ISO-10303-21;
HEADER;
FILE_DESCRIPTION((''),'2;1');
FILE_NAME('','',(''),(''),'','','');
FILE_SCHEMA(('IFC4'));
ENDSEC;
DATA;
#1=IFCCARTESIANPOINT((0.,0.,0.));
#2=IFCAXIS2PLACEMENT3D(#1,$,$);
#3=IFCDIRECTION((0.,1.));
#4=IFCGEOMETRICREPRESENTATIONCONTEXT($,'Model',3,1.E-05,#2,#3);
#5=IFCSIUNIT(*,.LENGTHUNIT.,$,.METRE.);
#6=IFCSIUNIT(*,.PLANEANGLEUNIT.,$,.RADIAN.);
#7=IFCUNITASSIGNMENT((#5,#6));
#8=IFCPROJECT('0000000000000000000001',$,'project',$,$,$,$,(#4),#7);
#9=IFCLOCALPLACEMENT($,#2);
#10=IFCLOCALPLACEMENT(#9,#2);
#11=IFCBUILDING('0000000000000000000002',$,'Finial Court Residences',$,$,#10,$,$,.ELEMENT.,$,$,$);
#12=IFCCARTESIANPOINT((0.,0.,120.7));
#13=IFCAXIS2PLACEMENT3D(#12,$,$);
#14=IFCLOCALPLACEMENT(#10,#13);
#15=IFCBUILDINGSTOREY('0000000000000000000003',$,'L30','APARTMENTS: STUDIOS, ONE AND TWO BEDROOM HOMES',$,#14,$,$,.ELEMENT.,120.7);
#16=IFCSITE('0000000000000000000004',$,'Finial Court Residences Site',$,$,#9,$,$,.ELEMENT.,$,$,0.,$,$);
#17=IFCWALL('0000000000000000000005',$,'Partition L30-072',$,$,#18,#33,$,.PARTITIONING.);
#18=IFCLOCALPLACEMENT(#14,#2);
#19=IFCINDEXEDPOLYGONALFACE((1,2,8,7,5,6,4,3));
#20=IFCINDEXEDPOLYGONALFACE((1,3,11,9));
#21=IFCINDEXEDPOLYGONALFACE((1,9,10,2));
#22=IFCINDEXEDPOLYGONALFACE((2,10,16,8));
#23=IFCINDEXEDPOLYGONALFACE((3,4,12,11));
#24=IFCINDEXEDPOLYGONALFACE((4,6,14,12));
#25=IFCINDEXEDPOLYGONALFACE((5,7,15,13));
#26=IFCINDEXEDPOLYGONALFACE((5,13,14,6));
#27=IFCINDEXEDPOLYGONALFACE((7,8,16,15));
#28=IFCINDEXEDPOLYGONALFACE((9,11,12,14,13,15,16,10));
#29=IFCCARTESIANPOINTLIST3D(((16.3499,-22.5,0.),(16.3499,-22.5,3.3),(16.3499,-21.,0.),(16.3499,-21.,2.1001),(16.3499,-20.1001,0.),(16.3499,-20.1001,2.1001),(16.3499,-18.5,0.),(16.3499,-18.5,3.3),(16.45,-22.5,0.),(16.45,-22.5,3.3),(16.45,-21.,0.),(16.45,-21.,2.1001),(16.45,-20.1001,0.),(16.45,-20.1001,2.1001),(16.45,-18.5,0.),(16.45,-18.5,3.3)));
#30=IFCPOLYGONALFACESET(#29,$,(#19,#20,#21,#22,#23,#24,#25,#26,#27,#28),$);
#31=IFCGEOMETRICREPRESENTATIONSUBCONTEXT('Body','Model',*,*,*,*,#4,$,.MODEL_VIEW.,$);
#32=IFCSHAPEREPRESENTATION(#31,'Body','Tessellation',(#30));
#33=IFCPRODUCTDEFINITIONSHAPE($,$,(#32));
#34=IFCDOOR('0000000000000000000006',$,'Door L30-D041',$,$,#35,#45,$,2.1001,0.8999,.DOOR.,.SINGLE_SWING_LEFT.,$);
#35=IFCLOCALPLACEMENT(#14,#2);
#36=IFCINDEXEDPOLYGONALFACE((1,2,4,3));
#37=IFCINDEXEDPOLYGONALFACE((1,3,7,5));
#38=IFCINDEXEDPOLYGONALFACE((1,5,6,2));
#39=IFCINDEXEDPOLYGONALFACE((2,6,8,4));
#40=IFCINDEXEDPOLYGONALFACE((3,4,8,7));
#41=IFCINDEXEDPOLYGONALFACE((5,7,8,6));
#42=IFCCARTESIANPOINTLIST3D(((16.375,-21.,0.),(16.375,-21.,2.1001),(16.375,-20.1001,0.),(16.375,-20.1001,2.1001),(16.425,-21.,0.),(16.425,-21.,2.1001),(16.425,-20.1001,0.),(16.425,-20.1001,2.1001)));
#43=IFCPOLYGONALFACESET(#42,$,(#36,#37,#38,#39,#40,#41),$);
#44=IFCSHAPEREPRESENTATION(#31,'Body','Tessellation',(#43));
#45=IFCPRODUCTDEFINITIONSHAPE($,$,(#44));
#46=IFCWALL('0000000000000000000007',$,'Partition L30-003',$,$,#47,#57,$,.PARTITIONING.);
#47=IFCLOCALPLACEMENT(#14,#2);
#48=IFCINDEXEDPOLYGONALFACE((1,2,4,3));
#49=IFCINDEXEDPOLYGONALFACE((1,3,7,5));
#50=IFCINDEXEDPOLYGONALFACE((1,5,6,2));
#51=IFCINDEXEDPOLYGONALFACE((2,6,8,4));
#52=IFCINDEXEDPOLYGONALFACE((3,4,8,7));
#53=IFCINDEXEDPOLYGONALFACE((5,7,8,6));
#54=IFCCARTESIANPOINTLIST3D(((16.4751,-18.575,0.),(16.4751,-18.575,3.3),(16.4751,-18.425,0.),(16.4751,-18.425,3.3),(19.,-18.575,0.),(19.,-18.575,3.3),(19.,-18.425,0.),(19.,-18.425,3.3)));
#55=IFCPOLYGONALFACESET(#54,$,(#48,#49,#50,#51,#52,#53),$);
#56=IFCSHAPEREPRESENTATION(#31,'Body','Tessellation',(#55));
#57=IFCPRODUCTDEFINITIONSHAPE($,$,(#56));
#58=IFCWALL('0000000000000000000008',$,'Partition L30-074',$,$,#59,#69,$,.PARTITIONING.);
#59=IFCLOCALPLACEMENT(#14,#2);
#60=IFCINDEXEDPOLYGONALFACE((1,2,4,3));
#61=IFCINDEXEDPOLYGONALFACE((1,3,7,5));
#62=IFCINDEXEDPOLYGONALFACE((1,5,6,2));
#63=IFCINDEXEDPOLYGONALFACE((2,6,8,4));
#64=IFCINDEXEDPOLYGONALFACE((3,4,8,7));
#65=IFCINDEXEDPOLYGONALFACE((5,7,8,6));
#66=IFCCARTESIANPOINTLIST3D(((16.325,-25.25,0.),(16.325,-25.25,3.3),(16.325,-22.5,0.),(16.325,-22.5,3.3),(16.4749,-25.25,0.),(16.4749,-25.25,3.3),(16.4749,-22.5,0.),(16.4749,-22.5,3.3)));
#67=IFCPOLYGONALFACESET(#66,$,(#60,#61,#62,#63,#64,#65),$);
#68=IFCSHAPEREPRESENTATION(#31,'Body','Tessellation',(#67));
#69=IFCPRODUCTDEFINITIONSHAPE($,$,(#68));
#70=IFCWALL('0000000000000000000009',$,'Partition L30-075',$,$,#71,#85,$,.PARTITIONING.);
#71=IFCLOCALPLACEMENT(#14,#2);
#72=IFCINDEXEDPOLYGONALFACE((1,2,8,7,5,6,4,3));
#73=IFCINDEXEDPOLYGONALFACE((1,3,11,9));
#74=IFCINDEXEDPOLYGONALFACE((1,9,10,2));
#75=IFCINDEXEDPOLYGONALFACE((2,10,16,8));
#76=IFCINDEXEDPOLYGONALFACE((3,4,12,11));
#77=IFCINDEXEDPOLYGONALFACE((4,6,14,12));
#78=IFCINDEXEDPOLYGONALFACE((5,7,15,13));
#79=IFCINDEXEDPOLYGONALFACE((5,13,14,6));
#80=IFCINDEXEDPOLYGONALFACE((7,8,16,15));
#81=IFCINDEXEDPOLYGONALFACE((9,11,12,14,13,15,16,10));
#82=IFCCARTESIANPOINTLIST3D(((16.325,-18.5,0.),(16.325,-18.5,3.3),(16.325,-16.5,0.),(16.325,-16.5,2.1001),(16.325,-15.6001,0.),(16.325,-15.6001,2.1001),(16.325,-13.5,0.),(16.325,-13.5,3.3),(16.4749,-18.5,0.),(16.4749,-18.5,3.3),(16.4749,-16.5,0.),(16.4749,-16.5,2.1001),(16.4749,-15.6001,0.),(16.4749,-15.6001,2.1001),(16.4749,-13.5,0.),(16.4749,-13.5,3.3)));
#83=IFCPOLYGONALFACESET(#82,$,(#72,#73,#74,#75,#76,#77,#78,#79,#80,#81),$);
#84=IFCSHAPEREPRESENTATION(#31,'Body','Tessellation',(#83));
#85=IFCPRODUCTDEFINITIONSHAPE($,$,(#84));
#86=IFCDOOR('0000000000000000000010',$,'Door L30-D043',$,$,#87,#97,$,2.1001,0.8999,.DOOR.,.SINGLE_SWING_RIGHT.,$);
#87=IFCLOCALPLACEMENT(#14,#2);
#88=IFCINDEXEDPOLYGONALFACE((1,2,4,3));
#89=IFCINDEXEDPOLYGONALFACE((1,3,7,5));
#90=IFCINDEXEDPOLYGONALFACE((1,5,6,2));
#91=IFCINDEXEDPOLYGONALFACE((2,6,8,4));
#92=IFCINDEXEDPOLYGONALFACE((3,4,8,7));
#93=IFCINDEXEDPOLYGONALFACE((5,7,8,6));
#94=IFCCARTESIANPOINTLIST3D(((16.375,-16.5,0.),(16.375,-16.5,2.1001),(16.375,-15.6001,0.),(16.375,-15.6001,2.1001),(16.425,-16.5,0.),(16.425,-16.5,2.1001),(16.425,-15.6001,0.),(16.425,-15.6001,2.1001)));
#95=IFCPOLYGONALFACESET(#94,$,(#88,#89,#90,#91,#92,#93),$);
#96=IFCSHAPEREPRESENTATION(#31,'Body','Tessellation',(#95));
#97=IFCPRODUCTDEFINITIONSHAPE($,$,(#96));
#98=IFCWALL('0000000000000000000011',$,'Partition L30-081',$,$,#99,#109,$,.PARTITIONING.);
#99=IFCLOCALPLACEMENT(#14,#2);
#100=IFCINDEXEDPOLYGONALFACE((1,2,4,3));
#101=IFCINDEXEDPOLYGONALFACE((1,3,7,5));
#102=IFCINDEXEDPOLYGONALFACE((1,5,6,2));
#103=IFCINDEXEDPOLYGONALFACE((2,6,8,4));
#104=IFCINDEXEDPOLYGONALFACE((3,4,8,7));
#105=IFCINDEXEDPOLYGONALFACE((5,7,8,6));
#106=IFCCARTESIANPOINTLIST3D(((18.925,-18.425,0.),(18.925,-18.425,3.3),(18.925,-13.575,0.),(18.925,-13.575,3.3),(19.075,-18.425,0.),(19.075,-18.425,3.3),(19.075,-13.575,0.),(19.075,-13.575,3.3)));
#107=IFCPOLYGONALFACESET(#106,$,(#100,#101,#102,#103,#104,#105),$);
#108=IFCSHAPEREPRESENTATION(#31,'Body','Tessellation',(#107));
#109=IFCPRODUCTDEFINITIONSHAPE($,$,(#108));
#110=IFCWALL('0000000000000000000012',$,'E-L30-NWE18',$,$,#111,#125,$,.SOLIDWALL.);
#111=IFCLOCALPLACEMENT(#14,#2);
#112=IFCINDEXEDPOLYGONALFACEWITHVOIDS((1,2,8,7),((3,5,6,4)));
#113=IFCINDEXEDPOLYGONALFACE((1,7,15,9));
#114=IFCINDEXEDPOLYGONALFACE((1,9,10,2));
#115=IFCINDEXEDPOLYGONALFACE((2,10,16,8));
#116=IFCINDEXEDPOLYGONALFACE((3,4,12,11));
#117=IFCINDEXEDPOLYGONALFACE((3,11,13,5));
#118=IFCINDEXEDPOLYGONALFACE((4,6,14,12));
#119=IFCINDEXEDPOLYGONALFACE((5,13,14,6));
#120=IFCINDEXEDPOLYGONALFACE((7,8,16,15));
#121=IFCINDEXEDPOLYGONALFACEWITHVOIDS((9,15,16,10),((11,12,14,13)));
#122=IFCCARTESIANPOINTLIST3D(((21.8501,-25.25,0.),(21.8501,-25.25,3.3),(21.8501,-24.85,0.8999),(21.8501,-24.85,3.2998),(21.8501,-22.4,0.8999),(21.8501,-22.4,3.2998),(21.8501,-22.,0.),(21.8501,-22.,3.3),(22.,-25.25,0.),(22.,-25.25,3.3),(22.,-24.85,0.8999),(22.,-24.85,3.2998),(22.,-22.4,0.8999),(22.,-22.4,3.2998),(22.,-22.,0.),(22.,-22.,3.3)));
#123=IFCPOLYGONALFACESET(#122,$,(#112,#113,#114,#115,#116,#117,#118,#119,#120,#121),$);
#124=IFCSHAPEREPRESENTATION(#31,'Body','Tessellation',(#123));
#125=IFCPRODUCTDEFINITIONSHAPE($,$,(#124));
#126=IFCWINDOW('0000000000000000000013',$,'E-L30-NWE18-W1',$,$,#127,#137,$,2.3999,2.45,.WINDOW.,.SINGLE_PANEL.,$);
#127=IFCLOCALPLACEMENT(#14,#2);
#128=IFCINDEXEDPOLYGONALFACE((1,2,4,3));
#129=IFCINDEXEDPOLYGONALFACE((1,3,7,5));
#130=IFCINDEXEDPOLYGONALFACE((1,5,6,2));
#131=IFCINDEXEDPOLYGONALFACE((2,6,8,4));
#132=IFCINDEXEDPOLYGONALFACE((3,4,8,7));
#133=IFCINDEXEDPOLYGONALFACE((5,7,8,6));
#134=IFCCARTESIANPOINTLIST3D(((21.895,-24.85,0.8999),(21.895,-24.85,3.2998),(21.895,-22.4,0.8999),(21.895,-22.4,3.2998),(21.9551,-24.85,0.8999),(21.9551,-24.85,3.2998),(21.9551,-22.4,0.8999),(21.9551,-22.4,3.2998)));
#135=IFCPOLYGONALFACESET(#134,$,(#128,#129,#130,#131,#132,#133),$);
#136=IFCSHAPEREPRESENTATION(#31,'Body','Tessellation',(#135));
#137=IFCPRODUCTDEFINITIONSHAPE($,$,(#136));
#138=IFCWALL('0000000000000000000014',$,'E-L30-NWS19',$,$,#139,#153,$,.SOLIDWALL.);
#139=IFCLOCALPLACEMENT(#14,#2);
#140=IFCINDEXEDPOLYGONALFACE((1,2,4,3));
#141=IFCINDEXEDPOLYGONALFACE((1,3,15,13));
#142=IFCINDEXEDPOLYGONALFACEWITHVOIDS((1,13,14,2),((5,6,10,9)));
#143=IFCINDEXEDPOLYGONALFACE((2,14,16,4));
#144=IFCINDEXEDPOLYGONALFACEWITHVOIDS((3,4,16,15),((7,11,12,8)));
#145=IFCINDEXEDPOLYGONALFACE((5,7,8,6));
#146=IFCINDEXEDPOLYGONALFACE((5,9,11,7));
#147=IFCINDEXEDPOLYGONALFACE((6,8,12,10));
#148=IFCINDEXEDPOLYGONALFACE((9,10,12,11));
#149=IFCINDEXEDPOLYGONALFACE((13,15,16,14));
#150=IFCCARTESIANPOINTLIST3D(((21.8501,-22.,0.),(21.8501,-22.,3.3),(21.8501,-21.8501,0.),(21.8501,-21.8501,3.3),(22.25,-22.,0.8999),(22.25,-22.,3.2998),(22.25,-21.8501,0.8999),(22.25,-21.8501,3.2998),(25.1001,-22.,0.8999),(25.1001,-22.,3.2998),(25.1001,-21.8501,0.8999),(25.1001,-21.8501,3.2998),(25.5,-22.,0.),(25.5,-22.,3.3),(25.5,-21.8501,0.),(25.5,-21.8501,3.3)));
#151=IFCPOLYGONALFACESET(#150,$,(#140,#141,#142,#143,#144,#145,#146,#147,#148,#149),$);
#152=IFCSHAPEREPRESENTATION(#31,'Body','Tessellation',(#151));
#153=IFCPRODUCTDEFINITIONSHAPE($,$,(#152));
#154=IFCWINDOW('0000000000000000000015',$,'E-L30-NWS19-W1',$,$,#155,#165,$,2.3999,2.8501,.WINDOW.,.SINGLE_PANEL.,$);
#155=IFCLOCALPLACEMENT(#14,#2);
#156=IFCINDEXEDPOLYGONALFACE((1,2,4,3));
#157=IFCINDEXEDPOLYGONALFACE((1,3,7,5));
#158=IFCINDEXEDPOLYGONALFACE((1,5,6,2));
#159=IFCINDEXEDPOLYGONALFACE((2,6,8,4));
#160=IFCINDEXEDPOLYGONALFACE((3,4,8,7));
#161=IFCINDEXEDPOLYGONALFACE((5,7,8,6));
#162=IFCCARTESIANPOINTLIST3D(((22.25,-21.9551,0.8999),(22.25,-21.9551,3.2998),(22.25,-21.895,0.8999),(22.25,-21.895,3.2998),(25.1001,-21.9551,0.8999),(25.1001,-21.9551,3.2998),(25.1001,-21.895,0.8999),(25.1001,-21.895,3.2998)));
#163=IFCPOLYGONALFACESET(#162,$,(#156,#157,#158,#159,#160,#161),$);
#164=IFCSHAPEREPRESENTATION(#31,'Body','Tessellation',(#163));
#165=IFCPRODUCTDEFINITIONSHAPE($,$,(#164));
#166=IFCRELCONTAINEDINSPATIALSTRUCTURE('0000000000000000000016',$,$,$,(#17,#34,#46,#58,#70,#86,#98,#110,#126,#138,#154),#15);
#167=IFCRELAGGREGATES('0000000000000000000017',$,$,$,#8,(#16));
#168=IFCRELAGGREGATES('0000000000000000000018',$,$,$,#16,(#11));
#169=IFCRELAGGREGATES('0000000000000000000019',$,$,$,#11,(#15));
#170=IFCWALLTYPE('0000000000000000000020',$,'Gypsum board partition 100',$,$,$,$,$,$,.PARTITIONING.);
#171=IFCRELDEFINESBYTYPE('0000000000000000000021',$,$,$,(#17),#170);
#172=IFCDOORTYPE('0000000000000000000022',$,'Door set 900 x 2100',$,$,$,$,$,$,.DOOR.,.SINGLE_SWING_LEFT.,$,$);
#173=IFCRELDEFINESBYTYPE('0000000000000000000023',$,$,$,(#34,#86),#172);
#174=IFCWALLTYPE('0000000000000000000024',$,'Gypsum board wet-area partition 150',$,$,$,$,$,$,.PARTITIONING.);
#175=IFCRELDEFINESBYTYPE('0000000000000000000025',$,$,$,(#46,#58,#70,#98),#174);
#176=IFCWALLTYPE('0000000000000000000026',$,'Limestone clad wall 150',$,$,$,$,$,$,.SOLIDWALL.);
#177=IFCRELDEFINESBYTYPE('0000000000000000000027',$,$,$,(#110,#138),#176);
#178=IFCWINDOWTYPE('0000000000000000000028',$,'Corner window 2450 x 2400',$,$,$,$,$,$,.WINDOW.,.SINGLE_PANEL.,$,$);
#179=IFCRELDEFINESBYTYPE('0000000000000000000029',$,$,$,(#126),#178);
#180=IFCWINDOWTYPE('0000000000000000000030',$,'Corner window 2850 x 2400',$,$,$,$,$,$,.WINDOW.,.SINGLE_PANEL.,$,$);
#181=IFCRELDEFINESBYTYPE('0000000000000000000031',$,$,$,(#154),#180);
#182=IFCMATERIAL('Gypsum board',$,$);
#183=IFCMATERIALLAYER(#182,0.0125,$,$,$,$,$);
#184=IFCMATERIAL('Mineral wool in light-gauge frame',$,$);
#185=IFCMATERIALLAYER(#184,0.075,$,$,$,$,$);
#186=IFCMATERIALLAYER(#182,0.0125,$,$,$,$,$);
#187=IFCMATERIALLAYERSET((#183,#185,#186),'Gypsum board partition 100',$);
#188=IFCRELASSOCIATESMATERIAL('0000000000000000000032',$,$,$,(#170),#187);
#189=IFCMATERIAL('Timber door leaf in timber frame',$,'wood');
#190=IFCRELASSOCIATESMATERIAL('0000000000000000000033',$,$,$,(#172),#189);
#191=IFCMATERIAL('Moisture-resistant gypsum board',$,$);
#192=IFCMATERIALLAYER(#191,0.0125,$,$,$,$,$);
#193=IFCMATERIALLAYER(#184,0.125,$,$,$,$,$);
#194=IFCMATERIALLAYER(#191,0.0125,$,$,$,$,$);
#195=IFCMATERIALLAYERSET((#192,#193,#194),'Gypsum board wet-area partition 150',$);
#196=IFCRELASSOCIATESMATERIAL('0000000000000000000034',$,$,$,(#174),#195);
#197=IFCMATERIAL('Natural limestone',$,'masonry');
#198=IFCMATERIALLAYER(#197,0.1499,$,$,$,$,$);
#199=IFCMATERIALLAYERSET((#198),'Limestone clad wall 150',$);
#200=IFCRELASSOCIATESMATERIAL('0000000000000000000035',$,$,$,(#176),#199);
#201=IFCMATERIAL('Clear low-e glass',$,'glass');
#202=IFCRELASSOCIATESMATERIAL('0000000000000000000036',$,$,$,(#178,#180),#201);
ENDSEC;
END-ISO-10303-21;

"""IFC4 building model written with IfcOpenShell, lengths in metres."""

from ifc_helpers import new_model, si_unit, direction, frame, frame_2d, origin, place, context, subcontext, project, spatial, rectangle, extrude, material, layer, layer_set, type_object, element, fill, save


model = new_model("IFC4")

# Units and contexts
model_context = context("Model", 3, precision=1e-05, world=origin(), true_north=direction((0.0, 1.0)))
body_context = subcontext(model_context, "Body", "Model", "MODEL_VIEW")
ifc_project = project(units=[si_unit("LENGTHUNIT", "METRE"), si_unit("PLANEANGLEUNIT", "RADIAN")], contexts=[model_context])

# Site, building, storey
site_placement = place(None, origin())
site = spatial("IfcSite", under=ifc_project, at=site_placement, Name="Finial Court Residences Site", CompositionType="ELEMENT", RefElevation=0.0)
building_placement = place(site_placement, origin())
building = spatial("IfcBuilding", under=site, at=building_placement, Name="Finial Court Residences", CompositionType="ELEMENT")
storey_placement = place(building_placement, frame((0.0, 0.0, 120.7)))
storey = spatial("IfcBuildingStorey", under=building, at=storey_placement, Name="L30", Description="APARTMENTS: STUDIOS, ONE AND TWO BEDROOM HOMES", CompositionType="ELEMENT", Elevation=120.7)

# Shared definitions
ifc_material_1 = material(Name="Clear low-e glass", Category="glass")

# Wall, opening, door
ifc_material_2 = material(Name="Gypsum board")
ifc_layer_1 = layer(ifc_material_2, 0.0125)
ifc_material_3 = material(Name="Mineral wool in light-gauge frame")
ifc_layer_2 = layer(ifc_material_3, 0.075)
ifc_layer_3 = layer(ifc_material_2, 0.0125)
ifc_layer_set_1 = layer_set([ifc_layer_1, ifc_layer_2, ifc_layer_3], Name="Gypsum board partition 100")
wall_type_1 = type_object("IfcWallType", Name="Gypsum board partition 100", PredefinedType="PARTITIONING", material=ifc_layer_set_1)
ifc_material_4 = material(Name="Timber door leaf in timber frame", Category="wood")
door_type = type_object("IfcDoorType", Name="Door set 900 x 2100", OperationType="SINGLE_SWING_LEFT", PredefinedType="DOOR", material=ifc_material_4)
wall_1_placement = place(storey_placement, frame((16.3999, -22.5, 0.0), z_axis=(0.0, 0.0, 1.0), x_axis=(0.0, 1.0, 0.0)))
wall_1 = element("IfcWall", 1, at=wall_1_placement, inside=storey, type_object=wall_type_1, Name="Partition L30-072", PredefinedType="PARTITIONING", context=body_context, shape_type="SweptSolid", body=[
    extrude(rectangle(XDim=4.0, YDim=0.1001, at=frame_2d((2.0, 0.0))), origin(), (0.0, 0.0, 1.0), 3.3),
])
opening_1_placement = place(wall_1_placement, frame((1.5, 0.0, 0.0)))
opening_1 = element("IfcOpeningElement", 2, at=opening_1_placement, cuts=wall_1, PredefinedType="OPENING", context=body_context, shape_type="SweptSolid", body=[
    extrude(rectangle(XDim=0.8999, YDim=2.1001, at=frame_2d((0.45, 1.05))), frame((0.0, 0.0601, 0.0), z_axis=(0.0, -1.0, 0.0), x_axis=(1.0, 0.0, 0.0)), (0.0, 0.0, 1.0), 0.1201),
])
door_1_placement = place(opening_1_placement, origin())
door_1 = element("IfcDoor", 3, at=door_1_placement, inside=storey, type_object=door_type, Name="Door L30-D041", OperationType="SINGLE_SWING_LEFT", OverallHeight=2.1001, OverallWidth=0.8999, PredefinedType="DOOR", context=body_context, shape_type="SweptSolid", body=[
    extrude(rectangle(XDim=0.8999, YDim=2.1001, at=frame_2d((0.45, 1.05))), frame((0.0, 0.0249, 0.0), z_axis=(0.0, -1.0, 0.0), x_axis=(1.0, 0.0, 0.0)), (0.0, 0.0, 1.0), 0.05),
])
fill(opening_1, door_1)

# Walls
ifc_material_5 = material(Name="Moisture-resistant gypsum board")
ifc_layer_4 = layer(ifc_material_5, 0.0125)
ifc_layer_5 = layer(ifc_material_3, 0.125)
ifc_layer_6 = layer(ifc_material_5, 0.0125)
ifc_layer_set_2 = layer_set([ifc_layer_4, ifc_layer_5, ifc_layer_6], Name="Gypsum board wet-area partition 150")
wall_type_2 = type_object("IfcWallType", Name="Gypsum board wet-area partition 150", PredefinedType="PARTITIONING", material=ifc_layer_set_2)
wall_2_placement = place(storey_placement, frame((16.4751, -18.5, 0.0), z_axis=(0.0, 0.0, 1.0), x_axis=(1.0, 0.0, 0.0)))
element("IfcWall", 4, at=wall_2_placement, inside=storey, type_object=wall_type_2, Name="Partition L30-003", PredefinedType="PARTITIONING", context=body_context, shape_type="SweptSolid", body=[
    extrude(rectangle(XDim=2.5249, YDim=0.1499, at=frame_2d((1.2625, 0.0))), origin(), (0.0, 0.0, 1.0), 3.3),
])
wall_3_placement = place(storey_placement, frame((16.3999, -25.25, 0.0), z_axis=(0.0, 0.0, 1.0), x_axis=(0.0, 1.0, 0.0)))
element("IfcWall", 5, at=wall_3_placement, inside=storey, type_object=wall_type_2, Name="Partition L30-074", PredefinedType="PARTITIONING", context=body_context, shape_type="SweptSolid", body=[
    extrude(rectangle(XDim=2.75, YDim=0.1499, at=frame_2d((1.375, 0.0))), origin(), (0.0, 0.0, 1.0), 3.3),
])

# Wall, opening, door
wall_4_placement = place(storey_placement, frame((16.3999, -18.5, 0.0), z_axis=(0.0, 0.0, 1.0), x_axis=(0.0, 1.0, 0.0)))
wall_4 = element("IfcWall", 6, at=wall_4_placement, inside=storey, type_object=wall_type_2, Name="Partition L30-075", PredefinedType="PARTITIONING", context=body_context, shape_type="SweptSolid", body=[
    extrude(rectangle(XDim=5.0, YDim=0.1499, at=frame_2d((2.5, 0.0))), origin(), (0.0, 0.0, 1.0), 3.3),
])
opening_2_placement = place(wall_4_placement, frame((2.0, 0.0, 0.0)))
opening_2 = element("IfcOpeningElement", 7, at=opening_2_placement, cuts=wall_4, PredefinedType="OPENING", context=body_context, shape_type="SweptSolid", body=[
    extrude(rectangle(XDim=0.8999, YDim=2.1001, at=frame_2d((0.45, 1.05))), frame((0.0, 0.085, 0.0), z_axis=(0.0, -1.0, 0.0), x_axis=(1.0, 0.0, 0.0)), (0.0, 0.0, 1.0), 0.1699),
])
door_2_placement = place(opening_2_placement, origin())
door_2 = element("IfcDoor", 8, at=door_2_placement, inside=storey, type_object=door_type, Name="Door L30-D043", OperationType="SINGLE_SWING_RIGHT", OverallHeight=2.1001, OverallWidth=0.8999, PredefinedType="DOOR", context=body_context, shape_type="SweptSolid", body=[
    extrude(rectangle(XDim=0.8999, YDim=2.1001, at=frame_2d((0.45, 1.05))), frame((0.0, 0.0249, 0.0), z_axis=(0.0, -1.0, 0.0), x_axis=(1.0, 0.0, 0.0)), (0.0, 0.0, 1.0), 0.05),
])
fill(opening_2, door_2)

# Wall
wall_5_placement = place(storey_placement, frame((19.0, -18.425, 0.0), z_axis=(0.0, 0.0, 1.0), x_axis=(0.0, 1.0, 0.0)))
element("IfcWall", 9, at=wall_5_placement, inside=storey, type_object=wall_type_2, Name="Partition L30-081", PredefinedType="PARTITIONING", context=body_context, shape_type="SweptSolid", body=[
    extrude(rectangle(XDim=4.8501, YDim=0.1499, at=frame_2d((2.425, 0.0))), origin(), (0.0, 0.0, 1.0), 3.3),
])

# Walls, openings, windows
ifc_material_6 = material(Name="Natural limestone", Category="masonry")
ifc_layer_7 = layer(ifc_material_6, 0.1499)
ifc_layer_set_3 = layer_set([ifc_layer_7], Name="Limestone clad wall 150")
wall_type_3 = type_object("IfcWallType", Name="Limestone clad wall 150", PredefinedType="SOLIDWALL", material=ifc_layer_set_3)
wall_6_placement = place(storey_placement, frame((21.925, -22.0, 0.0), z_axis=(0.0, 0.0, 1.0), x_axis=(0.0, -1.0, 0.0)))
wall_6 = element("IfcWall", 10, at=wall_6_placement, inside=storey, type_object=wall_type_3, Name="E-L30-NWE18", PredefinedType="SOLIDWALL", context=body_context, shape_type="SweptSolid", body=[
    extrude(rectangle(XDim=3.25, YDim=0.1499, at=frame_2d((1.625, 0.0))), origin(), (0.0, 0.0, 1.0), 3.3),
])
opening_3_placement = place(wall_6_placement, frame((0.3999, 0.0, 0.8999)))
opening_3 = element("IfcOpeningElement", 11, at=opening_3_placement, cuts=wall_6, PredefinedType="OPENING", context=body_context, shape_type="SweptSolid", body=[
    extrude(rectangle(XDim=2.45, YDim=2.3999, at=frame_2d((1.2251, 1.2))), frame((0.0, 0.085, 0.0), z_axis=(0.0, -1.0, 0.0), x_axis=(1.0, 0.0, 0.0)), (0.0, 0.0, 1.0), 0.1699),
])
window_type_1 = type_object("IfcWindowType", Name="Corner window 2450 x 2400", PartitioningType="SINGLE_PANEL", PredefinedType="WINDOW", material=ifc_material_1)
window_1_placement = place(opening_3_placement, origin())
window_1 = element("IfcWindow", 12, at=window_1_placement, inside=storey, type_object=window_type_1, Name="E-L30-NWE18-W1", OverallHeight=2.3999, OverallWidth=2.45, PartitioningType="SINGLE_PANEL", PredefinedType="WINDOW", context=body_context, shape_type="SweptSolid", body=[
    extrude(rectangle(XDim=2.45, YDim=2.3999, at=frame_2d((1.2251, 1.2))), frame((0.0, 0.03, 0.0), z_axis=(0.0, -1.0, 0.0), x_axis=(1.0, 0.0, 0.0)), (0.0, 0.0, 1.0), 0.0601),
])
fill(opening_3, window_1)
wall_7_placement = place(storey_placement, frame((25.5, -21.925, 0.0), z_axis=(0.0, 0.0, 1.0), x_axis=(-1.0, 0.0, 0.0)))
wall_7 = element("IfcWall", 13, at=wall_7_placement, inside=storey, type_object=wall_type_3, Name="E-L30-NWS19", PredefinedType="SOLIDWALL", context=body_context, shape_type="SweptSolid", body=[
    extrude(rectangle(XDim=3.6499, YDim=0.1499, at=frame_2d((1.825, 0.0))), origin(), (0.0, 0.0, 1.0), 3.3),
])
opening_4_placement = place(wall_7_placement, frame((0.3999, 0.0, 0.8999)))
opening_4 = element("IfcOpeningElement", 14, at=opening_4_placement, cuts=wall_7, PredefinedType="OPENING", context=body_context, shape_type="SweptSolid", body=[
    extrude(rectangle(XDim=2.8501, YDim=2.3999, at=frame_2d((1.425, 1.2))), frame((0.0, 0.085, 0.0), z_axis=(0.0, -1.0, 0.0), x_axis=(1.0, 0.0, 0.0)), (0.0, 0.0, 1.0), 0.1699),
])
window_type_2 = type_object("IfcWindowType", Name="Corner window 2850 x 2400", PartitioningType="SINGLE_PANEL", PredefinedType="WINDOW", material=ifc_material_1)
window_2_placement = place(opening_4_placement, origin())
window_2 = element("IfcWindow", 15, at=window_2_placement, inside=storey, type_object=window_type_2, Name="E-L30-NWS19-W1", OverallHeight=2.3999, OverallWidth=2.8501, PartitioningType="SINGLE_PANEL", PredefinedType="WINDOW", context=body_context, shape_type="SweptSolid", body=[
    extrude(rectangle(XDim=2.8501, YDim=2.3999, at=frame_2d((1.425, 1.2))), frame((0.0, 0.03, 0.0), z_axis=(0.0, -1.0, 0.0), x_axis=(1.0, 0.0, 0.0)), (0.0, 0.0, 1.0), 0.0601),
])
fill(opening_4, window_2)

save(model, "model.ifc")
